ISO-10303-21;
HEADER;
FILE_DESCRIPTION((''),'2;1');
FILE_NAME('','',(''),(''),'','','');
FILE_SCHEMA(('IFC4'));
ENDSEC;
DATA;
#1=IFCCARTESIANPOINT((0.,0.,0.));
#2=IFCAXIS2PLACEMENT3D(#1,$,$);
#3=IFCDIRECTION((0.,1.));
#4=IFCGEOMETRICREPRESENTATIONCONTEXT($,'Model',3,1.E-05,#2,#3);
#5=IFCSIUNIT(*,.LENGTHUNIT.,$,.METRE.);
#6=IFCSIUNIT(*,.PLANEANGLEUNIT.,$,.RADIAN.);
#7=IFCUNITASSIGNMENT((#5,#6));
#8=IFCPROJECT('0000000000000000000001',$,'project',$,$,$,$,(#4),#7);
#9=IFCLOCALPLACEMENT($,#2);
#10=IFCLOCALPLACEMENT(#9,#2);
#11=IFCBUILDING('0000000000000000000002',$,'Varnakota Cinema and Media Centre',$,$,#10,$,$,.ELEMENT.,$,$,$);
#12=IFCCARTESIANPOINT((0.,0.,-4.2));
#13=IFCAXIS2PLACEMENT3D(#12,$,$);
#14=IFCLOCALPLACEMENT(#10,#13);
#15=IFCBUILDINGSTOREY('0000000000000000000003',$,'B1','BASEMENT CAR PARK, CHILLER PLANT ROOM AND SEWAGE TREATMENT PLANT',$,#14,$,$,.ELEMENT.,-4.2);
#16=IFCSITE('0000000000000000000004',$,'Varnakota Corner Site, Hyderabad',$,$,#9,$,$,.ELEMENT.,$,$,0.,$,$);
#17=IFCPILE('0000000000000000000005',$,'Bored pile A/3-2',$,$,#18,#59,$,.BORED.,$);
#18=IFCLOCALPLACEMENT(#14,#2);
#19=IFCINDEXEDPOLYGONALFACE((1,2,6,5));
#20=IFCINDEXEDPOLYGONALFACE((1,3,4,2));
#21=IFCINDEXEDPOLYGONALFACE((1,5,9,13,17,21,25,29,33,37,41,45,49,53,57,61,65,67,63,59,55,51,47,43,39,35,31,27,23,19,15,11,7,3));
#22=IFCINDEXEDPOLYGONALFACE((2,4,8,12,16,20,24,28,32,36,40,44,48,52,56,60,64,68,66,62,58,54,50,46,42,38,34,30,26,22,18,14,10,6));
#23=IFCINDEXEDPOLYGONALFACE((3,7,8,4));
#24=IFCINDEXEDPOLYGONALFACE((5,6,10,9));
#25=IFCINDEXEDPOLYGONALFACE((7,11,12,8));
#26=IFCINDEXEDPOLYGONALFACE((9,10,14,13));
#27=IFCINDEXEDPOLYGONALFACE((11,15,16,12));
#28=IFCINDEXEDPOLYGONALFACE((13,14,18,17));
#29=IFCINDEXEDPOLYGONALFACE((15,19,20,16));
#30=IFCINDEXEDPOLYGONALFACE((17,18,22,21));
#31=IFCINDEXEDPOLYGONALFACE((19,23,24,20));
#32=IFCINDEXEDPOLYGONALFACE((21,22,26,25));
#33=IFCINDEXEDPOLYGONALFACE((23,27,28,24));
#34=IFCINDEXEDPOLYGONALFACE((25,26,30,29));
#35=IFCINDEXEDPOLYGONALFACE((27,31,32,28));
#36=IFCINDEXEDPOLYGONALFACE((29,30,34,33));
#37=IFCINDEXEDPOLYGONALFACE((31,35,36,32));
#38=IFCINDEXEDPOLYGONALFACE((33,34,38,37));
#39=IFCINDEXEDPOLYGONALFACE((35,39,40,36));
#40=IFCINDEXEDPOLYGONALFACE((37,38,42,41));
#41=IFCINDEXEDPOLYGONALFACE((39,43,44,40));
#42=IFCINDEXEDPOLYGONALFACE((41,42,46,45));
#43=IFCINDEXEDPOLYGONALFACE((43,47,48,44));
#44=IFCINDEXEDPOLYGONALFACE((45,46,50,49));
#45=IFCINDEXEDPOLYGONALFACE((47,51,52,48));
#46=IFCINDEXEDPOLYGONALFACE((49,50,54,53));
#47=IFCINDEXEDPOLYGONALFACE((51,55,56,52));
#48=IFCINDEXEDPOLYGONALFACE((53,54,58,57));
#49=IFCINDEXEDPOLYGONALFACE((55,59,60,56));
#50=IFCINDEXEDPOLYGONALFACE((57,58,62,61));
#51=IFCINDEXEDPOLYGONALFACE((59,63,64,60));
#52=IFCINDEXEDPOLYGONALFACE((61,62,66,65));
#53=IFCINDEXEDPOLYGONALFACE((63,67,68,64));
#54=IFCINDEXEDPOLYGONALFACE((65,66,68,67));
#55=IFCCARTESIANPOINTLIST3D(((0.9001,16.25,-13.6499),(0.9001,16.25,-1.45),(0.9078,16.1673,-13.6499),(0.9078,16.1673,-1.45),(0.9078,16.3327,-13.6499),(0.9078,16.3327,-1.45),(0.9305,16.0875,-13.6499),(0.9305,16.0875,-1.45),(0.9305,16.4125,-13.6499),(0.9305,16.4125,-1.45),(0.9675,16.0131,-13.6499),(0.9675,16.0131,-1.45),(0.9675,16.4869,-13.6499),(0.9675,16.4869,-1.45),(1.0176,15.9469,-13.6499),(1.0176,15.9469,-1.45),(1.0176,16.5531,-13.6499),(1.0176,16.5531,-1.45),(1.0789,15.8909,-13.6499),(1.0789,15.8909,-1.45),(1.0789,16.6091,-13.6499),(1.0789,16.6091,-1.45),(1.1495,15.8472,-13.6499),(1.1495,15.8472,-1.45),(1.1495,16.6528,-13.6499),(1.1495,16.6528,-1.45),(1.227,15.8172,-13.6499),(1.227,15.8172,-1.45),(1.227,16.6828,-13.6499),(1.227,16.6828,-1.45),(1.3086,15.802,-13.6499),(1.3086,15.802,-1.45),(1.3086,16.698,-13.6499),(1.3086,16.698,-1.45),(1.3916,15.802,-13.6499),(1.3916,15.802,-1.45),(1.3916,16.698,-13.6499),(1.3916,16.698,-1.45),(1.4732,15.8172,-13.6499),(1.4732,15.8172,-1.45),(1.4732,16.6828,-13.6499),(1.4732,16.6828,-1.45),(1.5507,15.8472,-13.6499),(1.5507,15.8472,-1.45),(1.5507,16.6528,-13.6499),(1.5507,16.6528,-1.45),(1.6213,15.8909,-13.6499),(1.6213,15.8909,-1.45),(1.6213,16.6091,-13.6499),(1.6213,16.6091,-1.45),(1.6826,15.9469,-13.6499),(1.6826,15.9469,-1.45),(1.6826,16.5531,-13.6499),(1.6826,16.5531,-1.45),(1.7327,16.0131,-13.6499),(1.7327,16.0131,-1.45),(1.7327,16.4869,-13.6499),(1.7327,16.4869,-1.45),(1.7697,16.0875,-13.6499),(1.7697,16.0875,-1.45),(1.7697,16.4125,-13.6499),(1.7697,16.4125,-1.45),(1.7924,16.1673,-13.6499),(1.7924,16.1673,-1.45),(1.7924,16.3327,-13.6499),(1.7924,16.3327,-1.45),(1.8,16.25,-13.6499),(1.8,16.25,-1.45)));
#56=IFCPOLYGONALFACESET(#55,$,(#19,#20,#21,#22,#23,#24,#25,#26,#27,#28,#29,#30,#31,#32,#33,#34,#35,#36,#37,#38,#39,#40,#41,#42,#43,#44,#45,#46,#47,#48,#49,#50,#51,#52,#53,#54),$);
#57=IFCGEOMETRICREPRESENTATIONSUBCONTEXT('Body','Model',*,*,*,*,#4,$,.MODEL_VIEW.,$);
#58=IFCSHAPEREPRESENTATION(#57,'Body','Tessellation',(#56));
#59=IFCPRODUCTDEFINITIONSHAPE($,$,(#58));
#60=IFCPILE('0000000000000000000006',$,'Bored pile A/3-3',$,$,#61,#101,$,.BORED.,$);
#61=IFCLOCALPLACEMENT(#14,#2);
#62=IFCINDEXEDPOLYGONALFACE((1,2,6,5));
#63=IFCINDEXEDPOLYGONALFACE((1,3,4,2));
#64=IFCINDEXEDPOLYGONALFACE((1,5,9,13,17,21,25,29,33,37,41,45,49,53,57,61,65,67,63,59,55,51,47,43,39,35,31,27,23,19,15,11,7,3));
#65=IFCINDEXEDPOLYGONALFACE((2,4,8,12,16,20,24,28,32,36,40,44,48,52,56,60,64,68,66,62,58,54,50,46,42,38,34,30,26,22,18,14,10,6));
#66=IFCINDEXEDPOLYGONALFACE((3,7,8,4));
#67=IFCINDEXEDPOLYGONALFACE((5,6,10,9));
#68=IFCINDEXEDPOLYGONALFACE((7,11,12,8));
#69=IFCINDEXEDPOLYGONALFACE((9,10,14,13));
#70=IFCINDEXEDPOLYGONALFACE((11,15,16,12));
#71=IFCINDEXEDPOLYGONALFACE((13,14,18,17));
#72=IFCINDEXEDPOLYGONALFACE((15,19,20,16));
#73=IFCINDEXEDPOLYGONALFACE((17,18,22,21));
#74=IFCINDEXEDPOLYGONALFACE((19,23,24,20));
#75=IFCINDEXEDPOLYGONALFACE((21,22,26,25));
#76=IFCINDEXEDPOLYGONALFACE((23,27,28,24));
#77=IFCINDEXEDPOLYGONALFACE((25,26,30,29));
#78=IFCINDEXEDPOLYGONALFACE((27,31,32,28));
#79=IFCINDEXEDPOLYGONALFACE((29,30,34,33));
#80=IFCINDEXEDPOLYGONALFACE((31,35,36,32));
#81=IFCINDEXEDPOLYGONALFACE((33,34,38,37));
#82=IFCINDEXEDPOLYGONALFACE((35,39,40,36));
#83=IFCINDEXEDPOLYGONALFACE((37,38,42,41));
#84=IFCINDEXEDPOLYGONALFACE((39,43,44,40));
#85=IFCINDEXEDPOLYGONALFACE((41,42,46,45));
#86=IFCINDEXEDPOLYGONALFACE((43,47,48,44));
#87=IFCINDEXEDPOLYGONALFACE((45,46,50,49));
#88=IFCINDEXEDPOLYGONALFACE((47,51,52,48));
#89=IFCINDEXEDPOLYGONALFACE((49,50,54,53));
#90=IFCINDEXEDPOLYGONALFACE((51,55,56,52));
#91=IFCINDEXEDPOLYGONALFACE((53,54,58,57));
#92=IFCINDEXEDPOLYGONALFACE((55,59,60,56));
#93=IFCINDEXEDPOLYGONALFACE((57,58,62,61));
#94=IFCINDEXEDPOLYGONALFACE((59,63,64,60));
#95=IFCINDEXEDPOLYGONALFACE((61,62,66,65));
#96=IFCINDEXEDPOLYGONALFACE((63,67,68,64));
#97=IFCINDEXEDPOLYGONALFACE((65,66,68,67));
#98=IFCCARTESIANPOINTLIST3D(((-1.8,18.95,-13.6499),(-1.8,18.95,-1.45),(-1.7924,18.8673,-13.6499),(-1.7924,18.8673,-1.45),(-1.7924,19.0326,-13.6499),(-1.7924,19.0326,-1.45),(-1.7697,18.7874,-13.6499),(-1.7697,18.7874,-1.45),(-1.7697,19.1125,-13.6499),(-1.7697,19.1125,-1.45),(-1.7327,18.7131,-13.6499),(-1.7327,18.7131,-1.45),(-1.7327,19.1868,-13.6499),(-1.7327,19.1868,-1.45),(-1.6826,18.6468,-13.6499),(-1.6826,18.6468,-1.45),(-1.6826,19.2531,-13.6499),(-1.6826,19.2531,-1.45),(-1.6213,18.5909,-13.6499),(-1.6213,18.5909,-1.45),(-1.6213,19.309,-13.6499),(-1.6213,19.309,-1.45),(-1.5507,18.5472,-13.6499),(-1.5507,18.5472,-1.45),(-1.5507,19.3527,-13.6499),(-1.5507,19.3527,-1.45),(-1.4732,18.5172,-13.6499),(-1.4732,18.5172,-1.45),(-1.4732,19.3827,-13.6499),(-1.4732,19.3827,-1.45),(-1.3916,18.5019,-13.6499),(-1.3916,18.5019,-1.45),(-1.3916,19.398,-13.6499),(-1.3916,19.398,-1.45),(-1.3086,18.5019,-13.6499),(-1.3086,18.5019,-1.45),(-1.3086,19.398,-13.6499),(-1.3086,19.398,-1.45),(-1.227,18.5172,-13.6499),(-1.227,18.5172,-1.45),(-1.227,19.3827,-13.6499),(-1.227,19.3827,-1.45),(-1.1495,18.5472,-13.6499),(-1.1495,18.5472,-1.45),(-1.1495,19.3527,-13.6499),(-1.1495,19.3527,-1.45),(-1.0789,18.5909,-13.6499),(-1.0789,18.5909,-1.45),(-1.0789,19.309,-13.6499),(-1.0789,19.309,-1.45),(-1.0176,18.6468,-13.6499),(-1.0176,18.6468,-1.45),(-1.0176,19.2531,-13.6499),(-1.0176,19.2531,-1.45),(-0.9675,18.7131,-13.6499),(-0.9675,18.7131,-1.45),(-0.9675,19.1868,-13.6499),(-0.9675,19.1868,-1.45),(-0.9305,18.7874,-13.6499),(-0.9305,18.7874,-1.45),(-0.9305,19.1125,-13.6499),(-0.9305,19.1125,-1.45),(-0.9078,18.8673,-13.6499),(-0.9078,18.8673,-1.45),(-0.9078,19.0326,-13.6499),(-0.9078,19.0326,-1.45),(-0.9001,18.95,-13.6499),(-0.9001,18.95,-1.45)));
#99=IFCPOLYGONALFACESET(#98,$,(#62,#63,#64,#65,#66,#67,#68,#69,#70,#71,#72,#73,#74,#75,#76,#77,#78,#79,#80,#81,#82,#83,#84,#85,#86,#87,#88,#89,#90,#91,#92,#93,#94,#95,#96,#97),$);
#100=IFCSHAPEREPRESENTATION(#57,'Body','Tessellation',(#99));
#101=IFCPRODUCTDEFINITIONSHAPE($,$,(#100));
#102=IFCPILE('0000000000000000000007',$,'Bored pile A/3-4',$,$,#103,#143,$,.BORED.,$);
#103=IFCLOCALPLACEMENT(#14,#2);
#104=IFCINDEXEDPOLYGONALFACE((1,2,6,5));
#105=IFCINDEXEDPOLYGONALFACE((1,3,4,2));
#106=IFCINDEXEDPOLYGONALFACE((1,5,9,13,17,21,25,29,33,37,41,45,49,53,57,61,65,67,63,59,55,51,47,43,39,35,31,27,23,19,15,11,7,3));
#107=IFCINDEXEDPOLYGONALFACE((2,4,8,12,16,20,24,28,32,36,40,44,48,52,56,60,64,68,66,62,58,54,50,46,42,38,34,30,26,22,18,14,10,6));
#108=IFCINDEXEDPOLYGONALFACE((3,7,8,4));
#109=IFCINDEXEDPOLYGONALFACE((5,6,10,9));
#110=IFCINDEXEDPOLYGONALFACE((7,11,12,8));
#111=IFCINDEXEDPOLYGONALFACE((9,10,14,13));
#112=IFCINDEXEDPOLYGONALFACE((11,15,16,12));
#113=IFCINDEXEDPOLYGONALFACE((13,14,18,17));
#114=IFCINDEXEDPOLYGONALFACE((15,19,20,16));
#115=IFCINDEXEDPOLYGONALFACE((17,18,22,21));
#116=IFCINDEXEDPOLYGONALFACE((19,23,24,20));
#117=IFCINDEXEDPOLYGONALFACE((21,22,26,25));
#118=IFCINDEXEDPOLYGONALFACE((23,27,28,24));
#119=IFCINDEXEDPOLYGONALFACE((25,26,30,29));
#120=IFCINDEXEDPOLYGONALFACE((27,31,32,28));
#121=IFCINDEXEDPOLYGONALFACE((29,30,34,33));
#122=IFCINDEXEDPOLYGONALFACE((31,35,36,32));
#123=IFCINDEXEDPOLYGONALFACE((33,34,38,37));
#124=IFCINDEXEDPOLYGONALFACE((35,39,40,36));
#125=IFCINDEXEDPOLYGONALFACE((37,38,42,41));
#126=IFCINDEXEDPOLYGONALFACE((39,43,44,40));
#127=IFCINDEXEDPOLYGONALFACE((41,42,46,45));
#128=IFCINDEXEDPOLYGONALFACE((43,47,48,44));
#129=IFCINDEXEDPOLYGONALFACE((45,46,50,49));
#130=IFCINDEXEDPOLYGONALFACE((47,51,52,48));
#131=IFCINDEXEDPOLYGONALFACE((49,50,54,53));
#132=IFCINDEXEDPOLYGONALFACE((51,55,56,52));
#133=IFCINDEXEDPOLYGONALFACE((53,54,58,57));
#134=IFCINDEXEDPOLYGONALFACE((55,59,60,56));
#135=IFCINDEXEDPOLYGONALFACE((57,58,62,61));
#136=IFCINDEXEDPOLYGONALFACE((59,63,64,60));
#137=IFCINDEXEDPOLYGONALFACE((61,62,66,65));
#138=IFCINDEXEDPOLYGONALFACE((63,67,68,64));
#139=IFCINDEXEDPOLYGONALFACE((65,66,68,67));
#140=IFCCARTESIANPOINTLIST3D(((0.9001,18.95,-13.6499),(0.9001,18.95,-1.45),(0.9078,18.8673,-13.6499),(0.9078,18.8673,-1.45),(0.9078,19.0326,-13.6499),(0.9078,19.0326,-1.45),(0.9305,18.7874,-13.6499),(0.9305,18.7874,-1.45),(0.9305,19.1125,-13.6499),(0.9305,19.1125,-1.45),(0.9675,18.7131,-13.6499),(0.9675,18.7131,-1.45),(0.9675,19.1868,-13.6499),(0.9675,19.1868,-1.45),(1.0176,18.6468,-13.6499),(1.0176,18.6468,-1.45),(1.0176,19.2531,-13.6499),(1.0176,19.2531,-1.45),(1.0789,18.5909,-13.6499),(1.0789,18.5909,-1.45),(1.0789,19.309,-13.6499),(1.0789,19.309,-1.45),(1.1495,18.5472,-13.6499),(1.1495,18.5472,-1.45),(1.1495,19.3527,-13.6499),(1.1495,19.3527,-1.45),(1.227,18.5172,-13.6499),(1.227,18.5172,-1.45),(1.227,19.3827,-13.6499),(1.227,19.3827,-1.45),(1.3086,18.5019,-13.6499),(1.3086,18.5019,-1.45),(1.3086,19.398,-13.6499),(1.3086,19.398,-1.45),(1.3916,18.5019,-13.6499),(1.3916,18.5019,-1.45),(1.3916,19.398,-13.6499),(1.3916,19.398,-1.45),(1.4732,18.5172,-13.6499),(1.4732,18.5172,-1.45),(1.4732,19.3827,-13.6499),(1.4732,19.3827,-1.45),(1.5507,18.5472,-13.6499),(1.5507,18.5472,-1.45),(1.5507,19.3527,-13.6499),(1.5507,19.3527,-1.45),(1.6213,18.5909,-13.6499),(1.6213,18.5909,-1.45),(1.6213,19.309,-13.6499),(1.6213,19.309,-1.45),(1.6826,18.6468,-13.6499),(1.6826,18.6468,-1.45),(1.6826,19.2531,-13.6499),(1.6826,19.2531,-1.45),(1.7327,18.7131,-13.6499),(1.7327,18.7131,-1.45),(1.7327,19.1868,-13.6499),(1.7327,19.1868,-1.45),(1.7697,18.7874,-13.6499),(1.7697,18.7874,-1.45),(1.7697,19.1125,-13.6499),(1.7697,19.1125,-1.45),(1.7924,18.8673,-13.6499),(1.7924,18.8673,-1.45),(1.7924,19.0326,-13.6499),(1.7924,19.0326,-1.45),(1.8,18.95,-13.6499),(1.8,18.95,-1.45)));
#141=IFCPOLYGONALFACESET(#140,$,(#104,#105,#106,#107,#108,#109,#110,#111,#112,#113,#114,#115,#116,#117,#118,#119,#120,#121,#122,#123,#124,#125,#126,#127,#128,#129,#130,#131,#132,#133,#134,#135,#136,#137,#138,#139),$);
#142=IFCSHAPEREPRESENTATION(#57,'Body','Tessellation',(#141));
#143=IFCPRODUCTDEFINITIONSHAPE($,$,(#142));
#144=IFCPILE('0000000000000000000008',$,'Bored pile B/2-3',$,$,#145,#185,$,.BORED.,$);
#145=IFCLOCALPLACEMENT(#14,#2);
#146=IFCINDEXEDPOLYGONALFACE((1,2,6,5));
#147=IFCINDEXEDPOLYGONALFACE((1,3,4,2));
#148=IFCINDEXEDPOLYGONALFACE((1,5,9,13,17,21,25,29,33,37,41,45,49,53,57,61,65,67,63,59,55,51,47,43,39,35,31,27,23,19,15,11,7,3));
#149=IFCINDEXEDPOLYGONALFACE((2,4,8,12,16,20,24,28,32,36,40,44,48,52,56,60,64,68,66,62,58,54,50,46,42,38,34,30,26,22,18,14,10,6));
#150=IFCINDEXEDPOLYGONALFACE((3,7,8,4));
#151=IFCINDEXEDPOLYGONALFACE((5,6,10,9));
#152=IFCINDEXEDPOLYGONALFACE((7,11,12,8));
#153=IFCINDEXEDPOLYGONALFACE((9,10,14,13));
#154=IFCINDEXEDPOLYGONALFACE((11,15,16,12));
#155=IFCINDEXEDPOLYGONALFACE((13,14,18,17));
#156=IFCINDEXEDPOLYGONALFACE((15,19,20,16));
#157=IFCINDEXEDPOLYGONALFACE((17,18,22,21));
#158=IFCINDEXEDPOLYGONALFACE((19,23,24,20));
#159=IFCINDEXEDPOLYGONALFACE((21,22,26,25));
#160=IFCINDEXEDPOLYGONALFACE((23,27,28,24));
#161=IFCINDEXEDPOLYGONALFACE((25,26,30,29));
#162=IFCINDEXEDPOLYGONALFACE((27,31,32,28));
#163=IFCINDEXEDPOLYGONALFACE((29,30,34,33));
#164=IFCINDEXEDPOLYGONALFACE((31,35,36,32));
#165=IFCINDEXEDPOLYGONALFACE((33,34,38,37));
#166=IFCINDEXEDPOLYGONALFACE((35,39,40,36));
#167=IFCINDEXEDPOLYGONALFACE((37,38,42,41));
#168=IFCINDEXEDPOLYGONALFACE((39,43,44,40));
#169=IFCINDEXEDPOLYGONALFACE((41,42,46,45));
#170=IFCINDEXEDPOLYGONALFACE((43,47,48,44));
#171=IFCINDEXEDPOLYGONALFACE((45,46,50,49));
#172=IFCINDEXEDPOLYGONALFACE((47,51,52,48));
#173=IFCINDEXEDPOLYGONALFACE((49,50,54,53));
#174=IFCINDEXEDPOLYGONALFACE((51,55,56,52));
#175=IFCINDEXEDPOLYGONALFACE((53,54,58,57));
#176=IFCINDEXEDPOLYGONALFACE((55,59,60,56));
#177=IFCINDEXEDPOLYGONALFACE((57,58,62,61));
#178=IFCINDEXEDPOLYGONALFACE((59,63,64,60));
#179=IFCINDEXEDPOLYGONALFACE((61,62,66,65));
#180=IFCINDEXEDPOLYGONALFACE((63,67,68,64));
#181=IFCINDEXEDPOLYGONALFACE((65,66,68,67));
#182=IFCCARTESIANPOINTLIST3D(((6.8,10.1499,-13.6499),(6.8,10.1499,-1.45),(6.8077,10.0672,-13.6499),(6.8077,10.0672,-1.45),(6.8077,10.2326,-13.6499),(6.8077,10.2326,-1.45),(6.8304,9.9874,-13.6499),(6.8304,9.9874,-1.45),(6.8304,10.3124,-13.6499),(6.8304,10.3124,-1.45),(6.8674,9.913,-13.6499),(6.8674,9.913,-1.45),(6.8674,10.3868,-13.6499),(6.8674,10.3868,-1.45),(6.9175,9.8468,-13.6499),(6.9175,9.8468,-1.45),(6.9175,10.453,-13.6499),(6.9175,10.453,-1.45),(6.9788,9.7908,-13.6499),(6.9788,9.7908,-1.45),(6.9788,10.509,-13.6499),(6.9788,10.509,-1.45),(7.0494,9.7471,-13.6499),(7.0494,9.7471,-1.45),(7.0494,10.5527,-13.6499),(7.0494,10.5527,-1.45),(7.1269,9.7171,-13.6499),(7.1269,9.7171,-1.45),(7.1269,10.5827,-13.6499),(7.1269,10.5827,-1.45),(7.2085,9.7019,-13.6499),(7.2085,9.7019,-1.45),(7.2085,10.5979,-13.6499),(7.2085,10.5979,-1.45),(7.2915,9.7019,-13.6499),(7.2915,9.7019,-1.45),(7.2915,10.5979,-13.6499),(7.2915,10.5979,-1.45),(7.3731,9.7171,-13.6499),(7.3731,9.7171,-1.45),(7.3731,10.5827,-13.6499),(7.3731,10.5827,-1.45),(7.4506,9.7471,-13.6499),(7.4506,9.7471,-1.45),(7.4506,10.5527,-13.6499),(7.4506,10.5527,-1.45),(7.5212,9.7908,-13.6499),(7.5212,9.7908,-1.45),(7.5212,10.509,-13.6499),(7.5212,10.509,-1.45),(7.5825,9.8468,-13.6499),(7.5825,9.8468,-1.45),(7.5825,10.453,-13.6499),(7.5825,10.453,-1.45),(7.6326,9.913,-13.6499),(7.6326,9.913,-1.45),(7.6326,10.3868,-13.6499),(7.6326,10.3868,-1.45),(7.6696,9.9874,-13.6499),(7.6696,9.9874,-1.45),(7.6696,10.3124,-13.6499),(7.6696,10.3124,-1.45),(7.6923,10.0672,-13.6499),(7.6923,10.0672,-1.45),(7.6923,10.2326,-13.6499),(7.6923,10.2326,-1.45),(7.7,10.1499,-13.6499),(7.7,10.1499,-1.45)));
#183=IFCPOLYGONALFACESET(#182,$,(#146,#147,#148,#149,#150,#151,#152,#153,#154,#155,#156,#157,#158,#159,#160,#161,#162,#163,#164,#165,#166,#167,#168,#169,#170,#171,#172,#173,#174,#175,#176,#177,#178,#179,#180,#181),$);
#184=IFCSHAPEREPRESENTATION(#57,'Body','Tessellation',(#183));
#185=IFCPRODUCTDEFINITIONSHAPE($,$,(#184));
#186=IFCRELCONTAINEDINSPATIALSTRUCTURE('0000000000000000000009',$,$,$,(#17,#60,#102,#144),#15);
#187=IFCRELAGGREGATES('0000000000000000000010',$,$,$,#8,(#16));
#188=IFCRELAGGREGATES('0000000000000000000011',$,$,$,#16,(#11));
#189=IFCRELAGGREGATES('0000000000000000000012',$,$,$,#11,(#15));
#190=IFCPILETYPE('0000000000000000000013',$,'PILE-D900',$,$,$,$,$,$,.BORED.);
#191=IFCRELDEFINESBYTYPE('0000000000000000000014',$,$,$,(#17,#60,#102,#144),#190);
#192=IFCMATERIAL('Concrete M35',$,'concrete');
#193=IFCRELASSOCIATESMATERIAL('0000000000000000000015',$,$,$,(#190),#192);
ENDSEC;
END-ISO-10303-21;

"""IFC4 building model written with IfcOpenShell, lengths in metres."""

from ifc_helpers import new_model, si_unit, direction, frame, origin, origin_2d, place, context, subcontext, project, spatial, circle, extrude, material, material_profile, profile_set, type_object, element, save


model = new_model("IFC4")

# Units and contexts
model_context = context("Model", 3, precision=1e-05, world=origin(), true_north=direction((0.0, 1.0)))
body_context = subcontext(model_context, "Body", "Model", "MODEL_VIEW")
ifc_project = project(units=[si_unit("LENGTHUNIT", "METRE"), si_unit("PLANEANGLEUNIT", "RADIAN")], contexts=[model_context])

# Site, building, storey
site_placement = place(None, origin())
site = spatial("IfcSite", under=ifc_project, at=site_placement, Name="Varnakota Corner Site, Hyderabad", CompositionType="ELEMENT", RefElevation=0.0)
building_placement = place(site_placement, origin())
building = spatial("IfcBuilding", under=site, at=building_placement, Name="Varnakota Cinema and Media Centre", CompositionType="ELEMENT")
storey_placement = place(building_placement, frame((0.0, 0.0, -4.2)))
storey = spatial("IfcBuildingStorey", under=building, at=storey_placement, Name="B1", Description="BASEMENT CAR PARK, CHILLER PLANT ROOM AND SEWAGE TREATMENT PLANT", CompositionType="ELEMENT", Elevation=-4.2)

# Piles
ifc_material_1 = material(Name="Concrete M35", Category="concrete")
ifc_material_profile_1 = material_profile(ifc_material_1, circle(Radius=0.45, at=origin_2d()), Name="PILE D900")
ifc_profile_set_1 = profile_set([ifc_material_profile_1], Name="Concrete M35")
pile_type_1 = type_object("IfcPileType", Name="PILE-D900", PredefinedType="BORED", material=ifc_profile_set_1)
for number, where, z_axis, x_axis, name in (
    (1, (1.3501, 16.25, -1.45), (0.0, 0.0, -1.0), (1.0, 0.0, 0.0), "Bored pile A/3-2"),
    (2, (-1.3501, 18.95, -1.45), (0.0, 0.0, -1.0), (1.0, 0.0, 0.0), "Bored pile A/3-3"),
    (3, (1.3501, 18.95, -1.45), (0.0, 0.0, -1.0), (1.0, 0.0, 0.0), "Bored pile A/3-4"),
    (4, (7.25, 10.1499, -1.45), (0.0, 0.0, -1.0), (1.0, 0.0, 0.0), "Bored pile B/2-3"),
):
    element("IfcPile", number, at=place(storey_placement, frame(where, z_axis=z_axis, x_axis=x_axis)), inside=storey, type_object=pile_type_1, Name=name, PredefinedType="BORED", context=body_context, shape_type="SweptSolid", body=[
        extrude(circle(Radius=0.45, at=origin_2d()), origin(), (0.0, 0.0, 1.0), 12.2),
    ])

save(model, "model.ifc")
